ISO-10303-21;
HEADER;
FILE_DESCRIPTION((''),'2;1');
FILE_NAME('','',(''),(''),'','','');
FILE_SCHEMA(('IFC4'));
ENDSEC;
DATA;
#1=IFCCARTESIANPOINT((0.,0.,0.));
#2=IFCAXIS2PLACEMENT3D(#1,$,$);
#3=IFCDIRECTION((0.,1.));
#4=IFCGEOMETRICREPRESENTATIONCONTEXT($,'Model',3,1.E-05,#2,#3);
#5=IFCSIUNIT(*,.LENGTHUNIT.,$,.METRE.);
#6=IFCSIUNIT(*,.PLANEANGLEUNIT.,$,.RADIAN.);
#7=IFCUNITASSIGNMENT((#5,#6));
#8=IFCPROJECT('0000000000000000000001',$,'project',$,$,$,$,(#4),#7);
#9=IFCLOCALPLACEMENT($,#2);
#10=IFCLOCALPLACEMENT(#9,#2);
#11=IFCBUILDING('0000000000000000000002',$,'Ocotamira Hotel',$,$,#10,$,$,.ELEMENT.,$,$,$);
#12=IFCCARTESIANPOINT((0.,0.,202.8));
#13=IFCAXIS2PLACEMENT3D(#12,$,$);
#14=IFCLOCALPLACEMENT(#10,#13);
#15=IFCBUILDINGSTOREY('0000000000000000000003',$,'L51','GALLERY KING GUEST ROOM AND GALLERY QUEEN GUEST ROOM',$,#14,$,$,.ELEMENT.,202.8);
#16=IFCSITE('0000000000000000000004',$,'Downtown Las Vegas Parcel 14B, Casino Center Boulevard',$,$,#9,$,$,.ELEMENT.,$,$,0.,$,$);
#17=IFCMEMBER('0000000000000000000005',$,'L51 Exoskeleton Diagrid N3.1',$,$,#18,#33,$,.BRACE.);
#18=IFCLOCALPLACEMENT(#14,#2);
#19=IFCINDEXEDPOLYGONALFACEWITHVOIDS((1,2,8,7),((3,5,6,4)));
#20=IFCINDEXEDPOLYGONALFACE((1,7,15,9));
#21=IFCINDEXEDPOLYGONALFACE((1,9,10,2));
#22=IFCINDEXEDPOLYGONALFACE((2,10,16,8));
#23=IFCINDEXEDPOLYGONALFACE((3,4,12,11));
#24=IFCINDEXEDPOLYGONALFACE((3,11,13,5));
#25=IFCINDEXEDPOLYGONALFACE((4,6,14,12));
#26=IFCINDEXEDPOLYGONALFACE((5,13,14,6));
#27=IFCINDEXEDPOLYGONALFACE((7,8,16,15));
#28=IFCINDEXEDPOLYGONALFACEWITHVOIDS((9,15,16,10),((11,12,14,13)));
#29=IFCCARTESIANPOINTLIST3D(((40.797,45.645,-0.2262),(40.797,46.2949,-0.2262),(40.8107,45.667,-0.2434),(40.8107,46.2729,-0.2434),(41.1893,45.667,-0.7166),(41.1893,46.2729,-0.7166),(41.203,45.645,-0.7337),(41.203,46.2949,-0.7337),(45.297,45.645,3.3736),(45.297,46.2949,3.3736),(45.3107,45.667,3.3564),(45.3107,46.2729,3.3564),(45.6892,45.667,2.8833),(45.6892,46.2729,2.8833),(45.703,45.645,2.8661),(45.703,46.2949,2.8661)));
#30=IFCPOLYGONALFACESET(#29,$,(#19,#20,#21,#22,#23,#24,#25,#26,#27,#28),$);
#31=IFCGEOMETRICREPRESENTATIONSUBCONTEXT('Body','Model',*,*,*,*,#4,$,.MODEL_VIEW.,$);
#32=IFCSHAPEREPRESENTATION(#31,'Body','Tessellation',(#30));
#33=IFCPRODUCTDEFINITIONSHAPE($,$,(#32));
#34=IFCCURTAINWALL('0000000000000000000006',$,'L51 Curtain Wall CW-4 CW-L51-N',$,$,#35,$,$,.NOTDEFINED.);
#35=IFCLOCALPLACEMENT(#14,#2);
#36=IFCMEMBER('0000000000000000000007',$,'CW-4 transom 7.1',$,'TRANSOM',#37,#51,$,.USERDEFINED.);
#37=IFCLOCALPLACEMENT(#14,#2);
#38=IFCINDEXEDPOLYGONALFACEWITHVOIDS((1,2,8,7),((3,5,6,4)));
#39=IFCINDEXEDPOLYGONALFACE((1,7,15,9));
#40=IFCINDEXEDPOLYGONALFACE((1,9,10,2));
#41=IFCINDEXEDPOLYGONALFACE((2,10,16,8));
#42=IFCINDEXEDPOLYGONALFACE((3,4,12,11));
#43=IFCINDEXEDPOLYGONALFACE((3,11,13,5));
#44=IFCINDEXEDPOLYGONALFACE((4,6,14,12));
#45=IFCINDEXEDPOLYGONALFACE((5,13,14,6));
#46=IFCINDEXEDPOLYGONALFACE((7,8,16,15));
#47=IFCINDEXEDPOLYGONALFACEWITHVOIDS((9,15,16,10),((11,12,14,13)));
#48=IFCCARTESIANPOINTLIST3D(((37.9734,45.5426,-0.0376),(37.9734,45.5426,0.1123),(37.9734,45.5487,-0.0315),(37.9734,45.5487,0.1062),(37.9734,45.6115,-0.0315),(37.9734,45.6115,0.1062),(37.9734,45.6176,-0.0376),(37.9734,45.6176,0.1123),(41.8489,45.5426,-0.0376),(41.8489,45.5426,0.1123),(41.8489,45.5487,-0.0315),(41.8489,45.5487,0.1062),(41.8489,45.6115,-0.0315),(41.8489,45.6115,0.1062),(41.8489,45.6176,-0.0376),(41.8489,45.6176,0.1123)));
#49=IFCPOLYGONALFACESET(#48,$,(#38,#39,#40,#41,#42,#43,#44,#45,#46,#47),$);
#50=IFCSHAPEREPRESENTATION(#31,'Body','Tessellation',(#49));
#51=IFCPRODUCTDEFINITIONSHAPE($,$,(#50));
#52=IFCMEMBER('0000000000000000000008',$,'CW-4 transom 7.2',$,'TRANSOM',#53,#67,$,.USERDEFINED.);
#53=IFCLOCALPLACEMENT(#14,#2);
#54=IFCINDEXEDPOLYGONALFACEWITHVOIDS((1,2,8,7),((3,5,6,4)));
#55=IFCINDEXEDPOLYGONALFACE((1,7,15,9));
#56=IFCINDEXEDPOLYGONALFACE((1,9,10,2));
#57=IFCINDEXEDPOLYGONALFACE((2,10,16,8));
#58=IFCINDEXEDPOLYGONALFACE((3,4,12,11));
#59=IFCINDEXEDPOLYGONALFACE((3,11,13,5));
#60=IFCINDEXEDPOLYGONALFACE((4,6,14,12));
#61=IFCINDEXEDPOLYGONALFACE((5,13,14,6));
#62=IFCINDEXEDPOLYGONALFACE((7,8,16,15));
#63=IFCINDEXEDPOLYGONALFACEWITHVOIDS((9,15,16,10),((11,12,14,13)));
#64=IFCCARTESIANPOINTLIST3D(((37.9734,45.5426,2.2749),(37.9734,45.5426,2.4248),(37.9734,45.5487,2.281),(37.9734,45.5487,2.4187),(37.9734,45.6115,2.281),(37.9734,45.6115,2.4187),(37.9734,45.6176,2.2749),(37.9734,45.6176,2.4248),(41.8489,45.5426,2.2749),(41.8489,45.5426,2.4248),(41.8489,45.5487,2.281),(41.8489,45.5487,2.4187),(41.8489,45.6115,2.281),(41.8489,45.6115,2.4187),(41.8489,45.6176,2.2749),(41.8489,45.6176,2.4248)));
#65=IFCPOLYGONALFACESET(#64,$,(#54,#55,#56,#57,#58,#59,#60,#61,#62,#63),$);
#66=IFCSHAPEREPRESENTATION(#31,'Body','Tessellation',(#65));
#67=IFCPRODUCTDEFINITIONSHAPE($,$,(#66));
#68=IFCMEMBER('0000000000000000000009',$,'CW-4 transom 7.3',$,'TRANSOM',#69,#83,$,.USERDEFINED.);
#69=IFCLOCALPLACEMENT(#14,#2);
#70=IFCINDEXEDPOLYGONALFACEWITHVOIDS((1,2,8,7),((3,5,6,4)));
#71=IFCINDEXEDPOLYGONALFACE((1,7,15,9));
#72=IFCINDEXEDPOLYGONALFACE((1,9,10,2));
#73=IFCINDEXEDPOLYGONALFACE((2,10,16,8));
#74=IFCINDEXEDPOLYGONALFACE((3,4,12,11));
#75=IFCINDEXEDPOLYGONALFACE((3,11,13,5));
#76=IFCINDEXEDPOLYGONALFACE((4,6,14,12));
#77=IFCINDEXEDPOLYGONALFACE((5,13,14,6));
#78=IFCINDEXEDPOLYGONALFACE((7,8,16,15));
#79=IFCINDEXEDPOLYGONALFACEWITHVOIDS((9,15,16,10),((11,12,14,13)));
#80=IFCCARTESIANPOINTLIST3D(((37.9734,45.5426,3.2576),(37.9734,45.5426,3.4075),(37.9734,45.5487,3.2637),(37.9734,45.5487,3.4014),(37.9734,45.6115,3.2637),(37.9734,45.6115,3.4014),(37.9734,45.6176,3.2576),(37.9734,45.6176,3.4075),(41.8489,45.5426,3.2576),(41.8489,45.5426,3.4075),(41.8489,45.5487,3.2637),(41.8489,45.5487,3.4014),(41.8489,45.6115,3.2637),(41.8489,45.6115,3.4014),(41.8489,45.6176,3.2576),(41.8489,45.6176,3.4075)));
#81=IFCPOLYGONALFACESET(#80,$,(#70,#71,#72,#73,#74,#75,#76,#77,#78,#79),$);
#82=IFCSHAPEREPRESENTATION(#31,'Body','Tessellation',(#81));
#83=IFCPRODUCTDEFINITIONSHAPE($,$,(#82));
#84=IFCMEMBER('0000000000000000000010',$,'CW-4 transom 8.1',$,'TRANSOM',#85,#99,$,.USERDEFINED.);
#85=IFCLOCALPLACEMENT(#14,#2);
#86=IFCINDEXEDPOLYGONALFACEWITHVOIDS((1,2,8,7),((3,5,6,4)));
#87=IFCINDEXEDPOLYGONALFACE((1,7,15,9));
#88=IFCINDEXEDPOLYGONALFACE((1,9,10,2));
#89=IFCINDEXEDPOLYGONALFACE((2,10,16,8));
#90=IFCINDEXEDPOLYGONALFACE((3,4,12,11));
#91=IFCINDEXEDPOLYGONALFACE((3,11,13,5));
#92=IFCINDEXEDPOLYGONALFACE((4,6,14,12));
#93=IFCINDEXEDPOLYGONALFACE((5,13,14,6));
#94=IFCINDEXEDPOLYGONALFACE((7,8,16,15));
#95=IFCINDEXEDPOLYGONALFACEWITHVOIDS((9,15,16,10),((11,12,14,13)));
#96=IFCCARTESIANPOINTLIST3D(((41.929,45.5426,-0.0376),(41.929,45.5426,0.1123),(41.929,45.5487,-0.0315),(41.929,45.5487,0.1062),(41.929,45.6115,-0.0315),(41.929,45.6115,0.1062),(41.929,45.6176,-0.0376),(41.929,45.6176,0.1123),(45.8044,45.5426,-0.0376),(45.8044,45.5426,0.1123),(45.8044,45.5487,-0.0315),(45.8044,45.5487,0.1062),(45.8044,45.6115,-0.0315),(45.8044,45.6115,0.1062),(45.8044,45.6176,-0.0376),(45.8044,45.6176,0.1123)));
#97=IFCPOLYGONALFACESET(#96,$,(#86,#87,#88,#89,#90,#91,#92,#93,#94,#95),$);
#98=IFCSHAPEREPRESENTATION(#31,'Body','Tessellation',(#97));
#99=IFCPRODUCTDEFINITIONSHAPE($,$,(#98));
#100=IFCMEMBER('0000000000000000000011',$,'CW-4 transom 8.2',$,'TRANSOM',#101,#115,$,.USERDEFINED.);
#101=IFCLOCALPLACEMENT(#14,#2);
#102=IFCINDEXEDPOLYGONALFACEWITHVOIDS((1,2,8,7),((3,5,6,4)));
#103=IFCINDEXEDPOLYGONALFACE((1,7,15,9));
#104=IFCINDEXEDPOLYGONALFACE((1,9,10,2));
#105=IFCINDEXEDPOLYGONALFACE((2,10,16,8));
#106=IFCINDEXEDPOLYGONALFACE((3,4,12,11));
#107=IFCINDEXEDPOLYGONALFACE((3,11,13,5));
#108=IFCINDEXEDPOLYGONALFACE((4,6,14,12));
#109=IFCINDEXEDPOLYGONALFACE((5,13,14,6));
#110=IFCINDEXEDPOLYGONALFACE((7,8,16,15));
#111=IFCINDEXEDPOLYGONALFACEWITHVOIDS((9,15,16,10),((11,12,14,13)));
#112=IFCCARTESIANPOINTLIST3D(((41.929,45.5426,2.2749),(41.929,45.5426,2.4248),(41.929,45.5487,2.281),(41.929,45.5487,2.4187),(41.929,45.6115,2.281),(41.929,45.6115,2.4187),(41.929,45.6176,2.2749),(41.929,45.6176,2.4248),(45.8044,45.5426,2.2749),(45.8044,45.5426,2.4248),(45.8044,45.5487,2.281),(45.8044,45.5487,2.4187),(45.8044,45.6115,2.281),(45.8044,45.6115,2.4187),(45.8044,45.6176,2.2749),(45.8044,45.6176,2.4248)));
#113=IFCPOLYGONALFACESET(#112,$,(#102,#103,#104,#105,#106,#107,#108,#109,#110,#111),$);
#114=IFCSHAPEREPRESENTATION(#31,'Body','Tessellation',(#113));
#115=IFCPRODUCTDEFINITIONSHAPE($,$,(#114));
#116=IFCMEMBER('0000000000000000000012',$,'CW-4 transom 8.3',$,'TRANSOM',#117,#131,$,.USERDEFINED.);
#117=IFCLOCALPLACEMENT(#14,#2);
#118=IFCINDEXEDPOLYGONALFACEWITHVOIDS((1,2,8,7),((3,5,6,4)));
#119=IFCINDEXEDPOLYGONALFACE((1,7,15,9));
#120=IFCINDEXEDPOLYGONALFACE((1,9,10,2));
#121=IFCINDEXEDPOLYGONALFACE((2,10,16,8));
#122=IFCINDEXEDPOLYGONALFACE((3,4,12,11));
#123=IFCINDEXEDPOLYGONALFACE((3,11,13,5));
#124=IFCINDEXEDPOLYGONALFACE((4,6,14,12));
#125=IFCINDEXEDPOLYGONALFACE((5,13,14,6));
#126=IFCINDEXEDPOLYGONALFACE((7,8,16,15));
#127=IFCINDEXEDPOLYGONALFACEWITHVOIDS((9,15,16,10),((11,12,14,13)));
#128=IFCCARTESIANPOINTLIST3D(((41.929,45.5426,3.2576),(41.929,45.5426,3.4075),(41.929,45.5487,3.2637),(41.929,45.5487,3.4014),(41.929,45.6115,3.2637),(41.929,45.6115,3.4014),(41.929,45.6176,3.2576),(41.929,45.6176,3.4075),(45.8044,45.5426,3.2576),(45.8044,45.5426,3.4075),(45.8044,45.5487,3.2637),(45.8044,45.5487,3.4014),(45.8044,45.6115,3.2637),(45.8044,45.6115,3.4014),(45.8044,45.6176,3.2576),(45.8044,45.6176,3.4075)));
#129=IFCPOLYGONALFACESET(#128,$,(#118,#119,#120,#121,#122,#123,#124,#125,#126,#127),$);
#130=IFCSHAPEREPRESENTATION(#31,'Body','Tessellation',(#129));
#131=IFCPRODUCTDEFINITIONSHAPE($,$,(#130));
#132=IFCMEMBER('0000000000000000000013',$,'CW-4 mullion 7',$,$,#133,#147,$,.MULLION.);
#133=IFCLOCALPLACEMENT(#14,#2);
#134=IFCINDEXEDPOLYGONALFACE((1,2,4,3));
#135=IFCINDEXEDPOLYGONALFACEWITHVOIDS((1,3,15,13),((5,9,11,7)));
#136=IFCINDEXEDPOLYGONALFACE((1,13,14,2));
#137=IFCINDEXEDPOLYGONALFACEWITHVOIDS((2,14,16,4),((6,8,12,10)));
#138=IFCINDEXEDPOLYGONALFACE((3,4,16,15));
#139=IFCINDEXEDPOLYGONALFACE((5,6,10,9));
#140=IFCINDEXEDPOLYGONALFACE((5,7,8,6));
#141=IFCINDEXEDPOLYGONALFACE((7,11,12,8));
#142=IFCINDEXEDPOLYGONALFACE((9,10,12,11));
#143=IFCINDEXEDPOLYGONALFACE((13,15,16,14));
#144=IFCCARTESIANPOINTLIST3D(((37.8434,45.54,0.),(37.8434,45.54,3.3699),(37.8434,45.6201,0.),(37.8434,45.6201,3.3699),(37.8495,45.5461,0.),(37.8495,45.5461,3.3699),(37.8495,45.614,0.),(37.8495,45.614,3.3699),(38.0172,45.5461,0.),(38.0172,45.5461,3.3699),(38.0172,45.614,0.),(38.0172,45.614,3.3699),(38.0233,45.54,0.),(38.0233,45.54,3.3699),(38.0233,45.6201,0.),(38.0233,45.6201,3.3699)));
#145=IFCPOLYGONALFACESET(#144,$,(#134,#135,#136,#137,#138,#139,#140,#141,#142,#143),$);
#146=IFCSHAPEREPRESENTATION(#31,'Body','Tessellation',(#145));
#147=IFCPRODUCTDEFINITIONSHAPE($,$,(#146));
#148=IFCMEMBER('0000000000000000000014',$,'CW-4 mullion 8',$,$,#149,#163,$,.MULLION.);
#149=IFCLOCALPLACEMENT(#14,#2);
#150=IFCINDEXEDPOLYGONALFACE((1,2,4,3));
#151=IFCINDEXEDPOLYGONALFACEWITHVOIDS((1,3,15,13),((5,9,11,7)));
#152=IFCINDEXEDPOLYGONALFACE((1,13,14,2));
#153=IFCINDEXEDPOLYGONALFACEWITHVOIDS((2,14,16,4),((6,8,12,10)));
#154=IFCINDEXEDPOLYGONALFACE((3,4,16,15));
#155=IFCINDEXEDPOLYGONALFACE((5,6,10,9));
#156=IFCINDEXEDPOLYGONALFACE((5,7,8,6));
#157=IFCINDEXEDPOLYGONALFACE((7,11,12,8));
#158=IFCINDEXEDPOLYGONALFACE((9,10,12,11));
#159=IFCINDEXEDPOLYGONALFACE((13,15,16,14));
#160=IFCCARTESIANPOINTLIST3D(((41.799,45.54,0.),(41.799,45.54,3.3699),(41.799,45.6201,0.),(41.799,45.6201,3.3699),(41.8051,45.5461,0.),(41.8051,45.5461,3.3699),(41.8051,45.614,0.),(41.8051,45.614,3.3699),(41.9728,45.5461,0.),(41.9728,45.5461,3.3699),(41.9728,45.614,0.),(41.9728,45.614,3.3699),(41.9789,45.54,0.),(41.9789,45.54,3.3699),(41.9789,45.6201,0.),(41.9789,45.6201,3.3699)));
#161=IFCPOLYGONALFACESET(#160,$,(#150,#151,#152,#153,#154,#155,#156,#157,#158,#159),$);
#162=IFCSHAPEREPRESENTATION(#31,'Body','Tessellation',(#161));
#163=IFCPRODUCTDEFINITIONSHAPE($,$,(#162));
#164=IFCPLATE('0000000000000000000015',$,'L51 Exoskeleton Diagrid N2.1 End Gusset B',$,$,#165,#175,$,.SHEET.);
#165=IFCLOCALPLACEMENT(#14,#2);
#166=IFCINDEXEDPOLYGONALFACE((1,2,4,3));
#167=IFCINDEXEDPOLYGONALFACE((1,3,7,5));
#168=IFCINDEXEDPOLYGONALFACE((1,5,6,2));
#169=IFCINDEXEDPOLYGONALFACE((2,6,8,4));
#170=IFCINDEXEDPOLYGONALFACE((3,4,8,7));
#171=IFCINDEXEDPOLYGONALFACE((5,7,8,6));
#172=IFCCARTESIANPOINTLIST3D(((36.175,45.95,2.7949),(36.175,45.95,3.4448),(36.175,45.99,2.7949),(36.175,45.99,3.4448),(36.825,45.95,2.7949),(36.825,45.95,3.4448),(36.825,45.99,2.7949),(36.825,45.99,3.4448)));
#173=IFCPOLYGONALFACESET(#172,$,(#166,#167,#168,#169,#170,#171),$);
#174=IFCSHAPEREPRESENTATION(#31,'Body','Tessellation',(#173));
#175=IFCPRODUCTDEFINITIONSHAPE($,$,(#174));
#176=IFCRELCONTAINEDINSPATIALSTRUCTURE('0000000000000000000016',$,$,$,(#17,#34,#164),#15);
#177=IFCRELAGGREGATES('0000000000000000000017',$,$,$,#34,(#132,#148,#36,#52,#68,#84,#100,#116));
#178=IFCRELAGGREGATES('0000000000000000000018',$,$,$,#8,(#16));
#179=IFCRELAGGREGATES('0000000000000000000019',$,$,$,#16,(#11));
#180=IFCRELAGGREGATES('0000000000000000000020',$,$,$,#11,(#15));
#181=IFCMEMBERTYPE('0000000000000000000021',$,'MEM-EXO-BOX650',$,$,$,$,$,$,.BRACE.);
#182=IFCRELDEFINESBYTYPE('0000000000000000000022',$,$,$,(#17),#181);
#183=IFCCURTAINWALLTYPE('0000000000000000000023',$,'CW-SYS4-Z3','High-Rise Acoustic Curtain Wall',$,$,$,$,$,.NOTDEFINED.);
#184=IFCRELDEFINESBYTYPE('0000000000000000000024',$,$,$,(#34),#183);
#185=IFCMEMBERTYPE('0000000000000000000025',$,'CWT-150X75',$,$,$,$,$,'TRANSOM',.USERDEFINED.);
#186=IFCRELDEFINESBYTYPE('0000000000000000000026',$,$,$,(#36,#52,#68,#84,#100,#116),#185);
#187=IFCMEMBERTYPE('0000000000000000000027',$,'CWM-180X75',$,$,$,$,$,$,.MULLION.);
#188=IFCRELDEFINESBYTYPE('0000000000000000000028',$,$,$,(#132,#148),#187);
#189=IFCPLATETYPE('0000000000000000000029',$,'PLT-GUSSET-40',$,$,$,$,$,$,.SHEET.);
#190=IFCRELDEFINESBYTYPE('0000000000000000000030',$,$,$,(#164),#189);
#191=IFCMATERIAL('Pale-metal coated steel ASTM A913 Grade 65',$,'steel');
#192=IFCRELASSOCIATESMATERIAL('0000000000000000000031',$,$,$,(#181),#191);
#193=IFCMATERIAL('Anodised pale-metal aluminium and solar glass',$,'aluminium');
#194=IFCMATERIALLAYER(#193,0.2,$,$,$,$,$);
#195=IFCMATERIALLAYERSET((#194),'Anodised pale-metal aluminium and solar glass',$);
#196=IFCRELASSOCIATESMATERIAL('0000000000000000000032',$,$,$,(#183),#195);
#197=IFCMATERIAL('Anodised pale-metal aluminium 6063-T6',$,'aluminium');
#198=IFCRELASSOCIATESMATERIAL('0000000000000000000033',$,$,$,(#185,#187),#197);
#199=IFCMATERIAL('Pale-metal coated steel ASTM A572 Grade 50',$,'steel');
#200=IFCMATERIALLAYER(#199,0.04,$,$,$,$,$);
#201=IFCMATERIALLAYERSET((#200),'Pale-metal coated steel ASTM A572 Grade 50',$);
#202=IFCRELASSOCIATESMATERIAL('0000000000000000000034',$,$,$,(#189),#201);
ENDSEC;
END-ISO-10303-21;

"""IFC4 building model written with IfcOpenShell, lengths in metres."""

from ifc_helpers import new_model, si_unit, direction, frame, origin, origin_2d, place, context, subcontext, project, spatial, rectangle, hollow_rectangle, extrude, source, transform, mapped, material, layer, layer_set, material_profile, profile_set, type_object, element, aggregate, save


model = new_model("IFC4")

# Units and contexts
model_context = context("Model", 3, precision=1e-05, world=origin(), true_north=direction((0.0, 1.0)))
body_context = subcontext(model_context, "Body", "Model", "MODEL_VIEW")
ifc_project = project(units=[si_unit("LENGTHUNIT", "METRE"), si_unit("PLANEANGLEUNIT", "RADIAN")], contexts=[model_context])

# Site, building, storey
site_placement = place(None, origin())
site = spatial("IfcSite", under=ifc_project, at=site_placement, Name="Downtown Las Vegas Parcel 14B, Casino Center Boulevard", CompositionType="ELEMENT", RefElevation=0.0)
building_placement = place(site_placement, origin())
building = spatial("IfcBuilding", under=site, at=building_placement, Name="Ocotamira Hotel", CompositionType="ELEMENT")
storey_placement = place(building_placement, frame((0.0, 0.0, 202.8)))
storey = spatial("IfcBuildingStorey", under=building, at=storey_placement, Name="L51", Description="GALLERY KING GUEST ROOM AND GALLERY QUEEN GUEST ROOM", CompositionType="ELEMENT", Elevation=202.8)

# Member
ifc_material_1 = material(Name="Pale-metal coated steel ASTM A913 Grade 65", Category="steel")
ifc_material_profile_1 = material_profile(ifc_material_1, hollow_rectangle(XDim=0.6499, YDim=0.6499, WallThickness=0.022, at=origin_2d()), Name="BOX650X650X22")
ifc_profile_set_1 = profile_set([ifc_material_profile_1], Name="Pale-metal coated steel ASTM A913 Grade 65")
member_type_1 = type_object("IfcMemberType", Name="MEM-EXO-BOX650", PredefinedType="BRACE", material=ifc_profile_set_1)
shared_shape_1 = source(origin(), body_context, "Body", "SweptSolid", [
    extrude(hollow_rectangle(XDim=0.6499, YDim=0.6499, WallThickness=0.022, at=origin_2d()), origin(), (0.0, 0.0, 1.0), 5.7627),
])
for number, where, z_axis, x_axis, name in (
    (1, (41.0, 45.97, -0.48), (0.780881, 0.0, 0.62468), (0.0, 1.0, 0.0), "L51 Exoskeleton Diagrid N3.1"),
):
    element("IfcMember", number, at=place(storey_placement, frame(where, z_axis=z_axis, x_axis=x_axis)), inside=storey, type_object=member_type_1, Name=name, PredefinedType="BRACE", context=body_context, shape_type="MappedRepresentation", body=[
        mapped(shared_shape_1, transform((0.0, 0.0, 0.0), scale=1.0)),
    ])

# Curtain wall, members
ifc_material_2 = material(Name="Anodised pale-metal aluminium and solar glass", Category="aluminium")
ifc_layer_1 = layer(ifc_material_2, 0.2)
ifc_layer_set_1 = layer_set([ifc_layer_1], Name="Anodised pale-metal aluminium and solar glass")
curtain_wall_type = type_object("IfcCurtainWallType", Name="CW-SYS4-Z3", Description="High-Rise Acoustic Curtain Wall", PredefinedType="NOTDEFINED", material=ifc_layer_set_1)
curtain_wall_placement = place(storey_placement, origin())
curtain_wall = element("IfcCurtainWall", 2, at=curtain_wall_placement, inside=storey, type_object=curtain_wall_type, Name="L51 Curtain Wall CW-4 CW-L51-N", PredefinedType="NOTDEFINED")
ifc_material_3 = material(Name="Anodised pale-metal aluminium 6063-T6", Category="aluminium")
ifc_material_profile_2 = material_profile(ifc_material_3, hollow_rectangle(XDim=0.075, YDim=0.1499, WallThickness=0.0061, at=origin_2d()), Name="HSS150X75X6")
ifc_profile_set_2 = profile_set([ifc_material_profile_2], Name="Anodised pale-metal aluminium 6063-T6")
member_type_2 = type_object("IfcMemberType", Name="CWT-150X75", ElementType="TRANSOM", PredefinedType="USERDEFINED", material=ifc_profile_set_2)
shared_shape_2 = source(origin(), body_context, "Body", "SweptSolid", [
    extrude(hollow_rectangle(XDim=0.075, YDim=0.1499, WallThickness=0.0061, at=origin_2d()), origin(), (0.0, 0.0, 1.0), 3.8755),
])
member_1_placement = place(storey_placement, frame((37.9734, 45.5801, 0.0374), z_axis=(1.0, 0.0, 0.0), x_axis=(0.0, 1.0, 0.0)))
member_1 = element("IfcMember", 3, at=member_1_placement, type_object=member_type_2, Name="CW-4 transom 7.1", ObjectType="TRANSOM", PredefinedType="USERDEFINED", context=body_context, shape_type="MappedRepresentation", body=[
    mapped(shared_shape_2, transform((0.0, 0.0, 0.0), scale=1.0)),
])
member_2_placement = place(storey_placement, frame((37.9734, 45.5801, 2.3499), z_axis=(1.0, 0.0, 0.0), x_axis=(0.0, 1.0, 0.0)))
member_2 = element("IfcMember", 4, at=member_2_placement, type_object=member_type_2, Name="CW-4 transom 7.2", ObjectType="TRANSOM", PredefinedType="USERDEFINED", context=body_context, shape_type="MappedRepresentation", body=[
    mapped(shared_shape_2, transform((0.0, 0.0, 0.0), scale=1.0)),
])
member_3_placement = place(storey_placement, frame((37.9734, 45.5801, 3.3325), z_axis=(1.0, 0.0, 0.0), x_axis=(0.0, 1.0, 0.0)))
member_3 = element("IfcMember", 5, at=member_3_placement, type_object=member_type_2, Name="CW-4 transom 7.3", ObjectType="TRANSOM", PredefinedType="USERDEFINED", context=body_context, shape_type="MappedRepresentation", body=[
    mapped(shared_shape_2, transform((0.0, 0.0, 0.0), scale=1.0)),
])
member_4_placement = place(storey_placement, frame((41.929, 45.5801, 0.0374), z_axis=(1.0, 0.0, 0.0), x_axis=(0.0, 1.0, 0.0)))
member_4 = element("IfcMember", 6, at=member_4_placement, type_object=member_type_2, Name="CW-4 transom 8.1", ObjectType="TRANSOM", PredefinedType="USERDEFINED", context=body_context, shape_type="MappedRepresentation", body=[
    mapped(shared_shape_2, transform((0.0, 0.0, 0.0), scale=1.0)),
])
member_5_placement = place(storey_placement, frame((41.929, 45.5801, 2.3499), z_axis=(1.0, 0.0, 0.0), x_axis=(0.0, 1.0, 0.0)))
member_5 = element("IfcMember", 7, at=member_5_placement, type_object=member_type_2, Name="CW-4 transom 8.2", ObjectType="TRANSOM", PredefinedType="USERDEFINED", context=body_context, shape_type="MappedRepresentation", body=[
    mapped(shared_shape_2, transform((0.0, 0.0, 0.0), scale=1.0)),
])
member_6_placement = place(storey_placement, frame((41.929, 45.5801, 3.3325), z_axis=(1.0, 0.0, 0.0), x_axis=(0.0, 1.0, 0.0)))
member_6 = element("IfcMember", 8, at=member_6_placement, type_object=member_type_2, Name="CW-4 transom 8.3", ObjectType="TRANSOM", PredefinedType="USERDEFINED", context=body_context, shape_type="MappedRepresentation", body=[
    mapped(shared_shape_2, transform((0.0, 0.0, 0.0), scale=1.0)),
])
ifc_material_profile_3 = material_profile(ifc_material_3, hollow_rectangle(XDim=0.0801, YDim=0.1799, WallThickness=0.0061, at=origin_2d()), Name="HSS180X80X6")
ifc_profile_set_3 = profile_set([ifc_material_profile_3], Name="Anodised pale-metal aluminium 6063-T6")
member_type_3 = type_object("IfcMemberType", Name="CWM-180X75", PredefinedType="MULLION", material=ifc_profile_set_3)
shared_shape_3 = source(origin(), body_context, "Body", "SweptSolid", [
    extrude(hollow_rectangle(XDim=0.0801, YDim=0.1799, WallThickness=0.0061, at=origin_2d()), origin(), (0.0, 0.0, 1.0), 3.3699),
])
member_7_placement = place(storey_placement, frame((37.9333, 45.5801, 0.0), z_axis=(0.0, 0.0, 1.0), x_axis=(0.0, 1.0, 0.0)))
member_7 = element("IfcMember", 9, at=member_7_placement, type_object=member_type_3, Name="CW-4 mullion 7", PredefinedType="MULLION", context=body_context, shape_type="MappedRepresentation", body=[
    mapped(shared_shape_3, transform((0.0, 0.0, 0.0), scale=1.0)),
])
member_8_placement = place(storey_placement, frame((41.8889, 45.5801, 0.0), z_axis=(0.0, 0.0, 1.0), x_axis=(0.0, 1.0, 0.0)))
member_8 = element("IfcMember", 10, at=member_8_placement, type_object=member_type_3, Name="CW-4 mullion 8", PredefinedType="MULLION", context=body_context, shape_type="MappedRepresentation", body=[
    mapped(shared_shape_3, transform((0.0, 0.0, 0.0), scale=1.0)),
])

# Plate
ifc_material_4 = material(Name="Pale-metal coated steel ASTM A572 Grade 50", Category="steel")
ifc_layer_2 = layer(ifc_material_4, 0.04)
ifc_layer_set_2 = layer_set([ifc_layer_2], Name="Pale-metal coated steel ASTM A572 Grade 50")
plate_type_1 = type_object("IfcPlateType", Name="PLT-GUSSET-40", PredefinedType="SHEET", material=ifc_layer_set_2)
shared_shape_4 = source(origin(), body_context, "Body", "SweptSolid", [
    extrude(rectangle(XDim=0.6499, YDim=0.04, at=origin_2d()), origin(), (0.0, 0.0, 1.0), 0.6499),
])
plate_1_placement = place(storey_placement, frame((36.5, 45.97, 2.7949), z_axis=(0.0, 0.0, 1.0), x_axis=(1.0, 0.0, 0.0)))
element("IfcPlate", 11, at=plate_1_placement, inside=storey, type_object=plate_type_1, Name="L51 Exoskeleton Diagrid N2.1 End Gusset B", PredefinedType="SHEET", context=body_context, shape_type="MappedRepresentation", body=[
    mapped(shared_shape_4, transform((0.0, 0.0, 0.0), scale=1.0)),
])
aggregate(curtain_wall, [member_7, member_8, member_1, member_2, member_3, member_4, member_5, member_6])

save(model, "model.ifc")
